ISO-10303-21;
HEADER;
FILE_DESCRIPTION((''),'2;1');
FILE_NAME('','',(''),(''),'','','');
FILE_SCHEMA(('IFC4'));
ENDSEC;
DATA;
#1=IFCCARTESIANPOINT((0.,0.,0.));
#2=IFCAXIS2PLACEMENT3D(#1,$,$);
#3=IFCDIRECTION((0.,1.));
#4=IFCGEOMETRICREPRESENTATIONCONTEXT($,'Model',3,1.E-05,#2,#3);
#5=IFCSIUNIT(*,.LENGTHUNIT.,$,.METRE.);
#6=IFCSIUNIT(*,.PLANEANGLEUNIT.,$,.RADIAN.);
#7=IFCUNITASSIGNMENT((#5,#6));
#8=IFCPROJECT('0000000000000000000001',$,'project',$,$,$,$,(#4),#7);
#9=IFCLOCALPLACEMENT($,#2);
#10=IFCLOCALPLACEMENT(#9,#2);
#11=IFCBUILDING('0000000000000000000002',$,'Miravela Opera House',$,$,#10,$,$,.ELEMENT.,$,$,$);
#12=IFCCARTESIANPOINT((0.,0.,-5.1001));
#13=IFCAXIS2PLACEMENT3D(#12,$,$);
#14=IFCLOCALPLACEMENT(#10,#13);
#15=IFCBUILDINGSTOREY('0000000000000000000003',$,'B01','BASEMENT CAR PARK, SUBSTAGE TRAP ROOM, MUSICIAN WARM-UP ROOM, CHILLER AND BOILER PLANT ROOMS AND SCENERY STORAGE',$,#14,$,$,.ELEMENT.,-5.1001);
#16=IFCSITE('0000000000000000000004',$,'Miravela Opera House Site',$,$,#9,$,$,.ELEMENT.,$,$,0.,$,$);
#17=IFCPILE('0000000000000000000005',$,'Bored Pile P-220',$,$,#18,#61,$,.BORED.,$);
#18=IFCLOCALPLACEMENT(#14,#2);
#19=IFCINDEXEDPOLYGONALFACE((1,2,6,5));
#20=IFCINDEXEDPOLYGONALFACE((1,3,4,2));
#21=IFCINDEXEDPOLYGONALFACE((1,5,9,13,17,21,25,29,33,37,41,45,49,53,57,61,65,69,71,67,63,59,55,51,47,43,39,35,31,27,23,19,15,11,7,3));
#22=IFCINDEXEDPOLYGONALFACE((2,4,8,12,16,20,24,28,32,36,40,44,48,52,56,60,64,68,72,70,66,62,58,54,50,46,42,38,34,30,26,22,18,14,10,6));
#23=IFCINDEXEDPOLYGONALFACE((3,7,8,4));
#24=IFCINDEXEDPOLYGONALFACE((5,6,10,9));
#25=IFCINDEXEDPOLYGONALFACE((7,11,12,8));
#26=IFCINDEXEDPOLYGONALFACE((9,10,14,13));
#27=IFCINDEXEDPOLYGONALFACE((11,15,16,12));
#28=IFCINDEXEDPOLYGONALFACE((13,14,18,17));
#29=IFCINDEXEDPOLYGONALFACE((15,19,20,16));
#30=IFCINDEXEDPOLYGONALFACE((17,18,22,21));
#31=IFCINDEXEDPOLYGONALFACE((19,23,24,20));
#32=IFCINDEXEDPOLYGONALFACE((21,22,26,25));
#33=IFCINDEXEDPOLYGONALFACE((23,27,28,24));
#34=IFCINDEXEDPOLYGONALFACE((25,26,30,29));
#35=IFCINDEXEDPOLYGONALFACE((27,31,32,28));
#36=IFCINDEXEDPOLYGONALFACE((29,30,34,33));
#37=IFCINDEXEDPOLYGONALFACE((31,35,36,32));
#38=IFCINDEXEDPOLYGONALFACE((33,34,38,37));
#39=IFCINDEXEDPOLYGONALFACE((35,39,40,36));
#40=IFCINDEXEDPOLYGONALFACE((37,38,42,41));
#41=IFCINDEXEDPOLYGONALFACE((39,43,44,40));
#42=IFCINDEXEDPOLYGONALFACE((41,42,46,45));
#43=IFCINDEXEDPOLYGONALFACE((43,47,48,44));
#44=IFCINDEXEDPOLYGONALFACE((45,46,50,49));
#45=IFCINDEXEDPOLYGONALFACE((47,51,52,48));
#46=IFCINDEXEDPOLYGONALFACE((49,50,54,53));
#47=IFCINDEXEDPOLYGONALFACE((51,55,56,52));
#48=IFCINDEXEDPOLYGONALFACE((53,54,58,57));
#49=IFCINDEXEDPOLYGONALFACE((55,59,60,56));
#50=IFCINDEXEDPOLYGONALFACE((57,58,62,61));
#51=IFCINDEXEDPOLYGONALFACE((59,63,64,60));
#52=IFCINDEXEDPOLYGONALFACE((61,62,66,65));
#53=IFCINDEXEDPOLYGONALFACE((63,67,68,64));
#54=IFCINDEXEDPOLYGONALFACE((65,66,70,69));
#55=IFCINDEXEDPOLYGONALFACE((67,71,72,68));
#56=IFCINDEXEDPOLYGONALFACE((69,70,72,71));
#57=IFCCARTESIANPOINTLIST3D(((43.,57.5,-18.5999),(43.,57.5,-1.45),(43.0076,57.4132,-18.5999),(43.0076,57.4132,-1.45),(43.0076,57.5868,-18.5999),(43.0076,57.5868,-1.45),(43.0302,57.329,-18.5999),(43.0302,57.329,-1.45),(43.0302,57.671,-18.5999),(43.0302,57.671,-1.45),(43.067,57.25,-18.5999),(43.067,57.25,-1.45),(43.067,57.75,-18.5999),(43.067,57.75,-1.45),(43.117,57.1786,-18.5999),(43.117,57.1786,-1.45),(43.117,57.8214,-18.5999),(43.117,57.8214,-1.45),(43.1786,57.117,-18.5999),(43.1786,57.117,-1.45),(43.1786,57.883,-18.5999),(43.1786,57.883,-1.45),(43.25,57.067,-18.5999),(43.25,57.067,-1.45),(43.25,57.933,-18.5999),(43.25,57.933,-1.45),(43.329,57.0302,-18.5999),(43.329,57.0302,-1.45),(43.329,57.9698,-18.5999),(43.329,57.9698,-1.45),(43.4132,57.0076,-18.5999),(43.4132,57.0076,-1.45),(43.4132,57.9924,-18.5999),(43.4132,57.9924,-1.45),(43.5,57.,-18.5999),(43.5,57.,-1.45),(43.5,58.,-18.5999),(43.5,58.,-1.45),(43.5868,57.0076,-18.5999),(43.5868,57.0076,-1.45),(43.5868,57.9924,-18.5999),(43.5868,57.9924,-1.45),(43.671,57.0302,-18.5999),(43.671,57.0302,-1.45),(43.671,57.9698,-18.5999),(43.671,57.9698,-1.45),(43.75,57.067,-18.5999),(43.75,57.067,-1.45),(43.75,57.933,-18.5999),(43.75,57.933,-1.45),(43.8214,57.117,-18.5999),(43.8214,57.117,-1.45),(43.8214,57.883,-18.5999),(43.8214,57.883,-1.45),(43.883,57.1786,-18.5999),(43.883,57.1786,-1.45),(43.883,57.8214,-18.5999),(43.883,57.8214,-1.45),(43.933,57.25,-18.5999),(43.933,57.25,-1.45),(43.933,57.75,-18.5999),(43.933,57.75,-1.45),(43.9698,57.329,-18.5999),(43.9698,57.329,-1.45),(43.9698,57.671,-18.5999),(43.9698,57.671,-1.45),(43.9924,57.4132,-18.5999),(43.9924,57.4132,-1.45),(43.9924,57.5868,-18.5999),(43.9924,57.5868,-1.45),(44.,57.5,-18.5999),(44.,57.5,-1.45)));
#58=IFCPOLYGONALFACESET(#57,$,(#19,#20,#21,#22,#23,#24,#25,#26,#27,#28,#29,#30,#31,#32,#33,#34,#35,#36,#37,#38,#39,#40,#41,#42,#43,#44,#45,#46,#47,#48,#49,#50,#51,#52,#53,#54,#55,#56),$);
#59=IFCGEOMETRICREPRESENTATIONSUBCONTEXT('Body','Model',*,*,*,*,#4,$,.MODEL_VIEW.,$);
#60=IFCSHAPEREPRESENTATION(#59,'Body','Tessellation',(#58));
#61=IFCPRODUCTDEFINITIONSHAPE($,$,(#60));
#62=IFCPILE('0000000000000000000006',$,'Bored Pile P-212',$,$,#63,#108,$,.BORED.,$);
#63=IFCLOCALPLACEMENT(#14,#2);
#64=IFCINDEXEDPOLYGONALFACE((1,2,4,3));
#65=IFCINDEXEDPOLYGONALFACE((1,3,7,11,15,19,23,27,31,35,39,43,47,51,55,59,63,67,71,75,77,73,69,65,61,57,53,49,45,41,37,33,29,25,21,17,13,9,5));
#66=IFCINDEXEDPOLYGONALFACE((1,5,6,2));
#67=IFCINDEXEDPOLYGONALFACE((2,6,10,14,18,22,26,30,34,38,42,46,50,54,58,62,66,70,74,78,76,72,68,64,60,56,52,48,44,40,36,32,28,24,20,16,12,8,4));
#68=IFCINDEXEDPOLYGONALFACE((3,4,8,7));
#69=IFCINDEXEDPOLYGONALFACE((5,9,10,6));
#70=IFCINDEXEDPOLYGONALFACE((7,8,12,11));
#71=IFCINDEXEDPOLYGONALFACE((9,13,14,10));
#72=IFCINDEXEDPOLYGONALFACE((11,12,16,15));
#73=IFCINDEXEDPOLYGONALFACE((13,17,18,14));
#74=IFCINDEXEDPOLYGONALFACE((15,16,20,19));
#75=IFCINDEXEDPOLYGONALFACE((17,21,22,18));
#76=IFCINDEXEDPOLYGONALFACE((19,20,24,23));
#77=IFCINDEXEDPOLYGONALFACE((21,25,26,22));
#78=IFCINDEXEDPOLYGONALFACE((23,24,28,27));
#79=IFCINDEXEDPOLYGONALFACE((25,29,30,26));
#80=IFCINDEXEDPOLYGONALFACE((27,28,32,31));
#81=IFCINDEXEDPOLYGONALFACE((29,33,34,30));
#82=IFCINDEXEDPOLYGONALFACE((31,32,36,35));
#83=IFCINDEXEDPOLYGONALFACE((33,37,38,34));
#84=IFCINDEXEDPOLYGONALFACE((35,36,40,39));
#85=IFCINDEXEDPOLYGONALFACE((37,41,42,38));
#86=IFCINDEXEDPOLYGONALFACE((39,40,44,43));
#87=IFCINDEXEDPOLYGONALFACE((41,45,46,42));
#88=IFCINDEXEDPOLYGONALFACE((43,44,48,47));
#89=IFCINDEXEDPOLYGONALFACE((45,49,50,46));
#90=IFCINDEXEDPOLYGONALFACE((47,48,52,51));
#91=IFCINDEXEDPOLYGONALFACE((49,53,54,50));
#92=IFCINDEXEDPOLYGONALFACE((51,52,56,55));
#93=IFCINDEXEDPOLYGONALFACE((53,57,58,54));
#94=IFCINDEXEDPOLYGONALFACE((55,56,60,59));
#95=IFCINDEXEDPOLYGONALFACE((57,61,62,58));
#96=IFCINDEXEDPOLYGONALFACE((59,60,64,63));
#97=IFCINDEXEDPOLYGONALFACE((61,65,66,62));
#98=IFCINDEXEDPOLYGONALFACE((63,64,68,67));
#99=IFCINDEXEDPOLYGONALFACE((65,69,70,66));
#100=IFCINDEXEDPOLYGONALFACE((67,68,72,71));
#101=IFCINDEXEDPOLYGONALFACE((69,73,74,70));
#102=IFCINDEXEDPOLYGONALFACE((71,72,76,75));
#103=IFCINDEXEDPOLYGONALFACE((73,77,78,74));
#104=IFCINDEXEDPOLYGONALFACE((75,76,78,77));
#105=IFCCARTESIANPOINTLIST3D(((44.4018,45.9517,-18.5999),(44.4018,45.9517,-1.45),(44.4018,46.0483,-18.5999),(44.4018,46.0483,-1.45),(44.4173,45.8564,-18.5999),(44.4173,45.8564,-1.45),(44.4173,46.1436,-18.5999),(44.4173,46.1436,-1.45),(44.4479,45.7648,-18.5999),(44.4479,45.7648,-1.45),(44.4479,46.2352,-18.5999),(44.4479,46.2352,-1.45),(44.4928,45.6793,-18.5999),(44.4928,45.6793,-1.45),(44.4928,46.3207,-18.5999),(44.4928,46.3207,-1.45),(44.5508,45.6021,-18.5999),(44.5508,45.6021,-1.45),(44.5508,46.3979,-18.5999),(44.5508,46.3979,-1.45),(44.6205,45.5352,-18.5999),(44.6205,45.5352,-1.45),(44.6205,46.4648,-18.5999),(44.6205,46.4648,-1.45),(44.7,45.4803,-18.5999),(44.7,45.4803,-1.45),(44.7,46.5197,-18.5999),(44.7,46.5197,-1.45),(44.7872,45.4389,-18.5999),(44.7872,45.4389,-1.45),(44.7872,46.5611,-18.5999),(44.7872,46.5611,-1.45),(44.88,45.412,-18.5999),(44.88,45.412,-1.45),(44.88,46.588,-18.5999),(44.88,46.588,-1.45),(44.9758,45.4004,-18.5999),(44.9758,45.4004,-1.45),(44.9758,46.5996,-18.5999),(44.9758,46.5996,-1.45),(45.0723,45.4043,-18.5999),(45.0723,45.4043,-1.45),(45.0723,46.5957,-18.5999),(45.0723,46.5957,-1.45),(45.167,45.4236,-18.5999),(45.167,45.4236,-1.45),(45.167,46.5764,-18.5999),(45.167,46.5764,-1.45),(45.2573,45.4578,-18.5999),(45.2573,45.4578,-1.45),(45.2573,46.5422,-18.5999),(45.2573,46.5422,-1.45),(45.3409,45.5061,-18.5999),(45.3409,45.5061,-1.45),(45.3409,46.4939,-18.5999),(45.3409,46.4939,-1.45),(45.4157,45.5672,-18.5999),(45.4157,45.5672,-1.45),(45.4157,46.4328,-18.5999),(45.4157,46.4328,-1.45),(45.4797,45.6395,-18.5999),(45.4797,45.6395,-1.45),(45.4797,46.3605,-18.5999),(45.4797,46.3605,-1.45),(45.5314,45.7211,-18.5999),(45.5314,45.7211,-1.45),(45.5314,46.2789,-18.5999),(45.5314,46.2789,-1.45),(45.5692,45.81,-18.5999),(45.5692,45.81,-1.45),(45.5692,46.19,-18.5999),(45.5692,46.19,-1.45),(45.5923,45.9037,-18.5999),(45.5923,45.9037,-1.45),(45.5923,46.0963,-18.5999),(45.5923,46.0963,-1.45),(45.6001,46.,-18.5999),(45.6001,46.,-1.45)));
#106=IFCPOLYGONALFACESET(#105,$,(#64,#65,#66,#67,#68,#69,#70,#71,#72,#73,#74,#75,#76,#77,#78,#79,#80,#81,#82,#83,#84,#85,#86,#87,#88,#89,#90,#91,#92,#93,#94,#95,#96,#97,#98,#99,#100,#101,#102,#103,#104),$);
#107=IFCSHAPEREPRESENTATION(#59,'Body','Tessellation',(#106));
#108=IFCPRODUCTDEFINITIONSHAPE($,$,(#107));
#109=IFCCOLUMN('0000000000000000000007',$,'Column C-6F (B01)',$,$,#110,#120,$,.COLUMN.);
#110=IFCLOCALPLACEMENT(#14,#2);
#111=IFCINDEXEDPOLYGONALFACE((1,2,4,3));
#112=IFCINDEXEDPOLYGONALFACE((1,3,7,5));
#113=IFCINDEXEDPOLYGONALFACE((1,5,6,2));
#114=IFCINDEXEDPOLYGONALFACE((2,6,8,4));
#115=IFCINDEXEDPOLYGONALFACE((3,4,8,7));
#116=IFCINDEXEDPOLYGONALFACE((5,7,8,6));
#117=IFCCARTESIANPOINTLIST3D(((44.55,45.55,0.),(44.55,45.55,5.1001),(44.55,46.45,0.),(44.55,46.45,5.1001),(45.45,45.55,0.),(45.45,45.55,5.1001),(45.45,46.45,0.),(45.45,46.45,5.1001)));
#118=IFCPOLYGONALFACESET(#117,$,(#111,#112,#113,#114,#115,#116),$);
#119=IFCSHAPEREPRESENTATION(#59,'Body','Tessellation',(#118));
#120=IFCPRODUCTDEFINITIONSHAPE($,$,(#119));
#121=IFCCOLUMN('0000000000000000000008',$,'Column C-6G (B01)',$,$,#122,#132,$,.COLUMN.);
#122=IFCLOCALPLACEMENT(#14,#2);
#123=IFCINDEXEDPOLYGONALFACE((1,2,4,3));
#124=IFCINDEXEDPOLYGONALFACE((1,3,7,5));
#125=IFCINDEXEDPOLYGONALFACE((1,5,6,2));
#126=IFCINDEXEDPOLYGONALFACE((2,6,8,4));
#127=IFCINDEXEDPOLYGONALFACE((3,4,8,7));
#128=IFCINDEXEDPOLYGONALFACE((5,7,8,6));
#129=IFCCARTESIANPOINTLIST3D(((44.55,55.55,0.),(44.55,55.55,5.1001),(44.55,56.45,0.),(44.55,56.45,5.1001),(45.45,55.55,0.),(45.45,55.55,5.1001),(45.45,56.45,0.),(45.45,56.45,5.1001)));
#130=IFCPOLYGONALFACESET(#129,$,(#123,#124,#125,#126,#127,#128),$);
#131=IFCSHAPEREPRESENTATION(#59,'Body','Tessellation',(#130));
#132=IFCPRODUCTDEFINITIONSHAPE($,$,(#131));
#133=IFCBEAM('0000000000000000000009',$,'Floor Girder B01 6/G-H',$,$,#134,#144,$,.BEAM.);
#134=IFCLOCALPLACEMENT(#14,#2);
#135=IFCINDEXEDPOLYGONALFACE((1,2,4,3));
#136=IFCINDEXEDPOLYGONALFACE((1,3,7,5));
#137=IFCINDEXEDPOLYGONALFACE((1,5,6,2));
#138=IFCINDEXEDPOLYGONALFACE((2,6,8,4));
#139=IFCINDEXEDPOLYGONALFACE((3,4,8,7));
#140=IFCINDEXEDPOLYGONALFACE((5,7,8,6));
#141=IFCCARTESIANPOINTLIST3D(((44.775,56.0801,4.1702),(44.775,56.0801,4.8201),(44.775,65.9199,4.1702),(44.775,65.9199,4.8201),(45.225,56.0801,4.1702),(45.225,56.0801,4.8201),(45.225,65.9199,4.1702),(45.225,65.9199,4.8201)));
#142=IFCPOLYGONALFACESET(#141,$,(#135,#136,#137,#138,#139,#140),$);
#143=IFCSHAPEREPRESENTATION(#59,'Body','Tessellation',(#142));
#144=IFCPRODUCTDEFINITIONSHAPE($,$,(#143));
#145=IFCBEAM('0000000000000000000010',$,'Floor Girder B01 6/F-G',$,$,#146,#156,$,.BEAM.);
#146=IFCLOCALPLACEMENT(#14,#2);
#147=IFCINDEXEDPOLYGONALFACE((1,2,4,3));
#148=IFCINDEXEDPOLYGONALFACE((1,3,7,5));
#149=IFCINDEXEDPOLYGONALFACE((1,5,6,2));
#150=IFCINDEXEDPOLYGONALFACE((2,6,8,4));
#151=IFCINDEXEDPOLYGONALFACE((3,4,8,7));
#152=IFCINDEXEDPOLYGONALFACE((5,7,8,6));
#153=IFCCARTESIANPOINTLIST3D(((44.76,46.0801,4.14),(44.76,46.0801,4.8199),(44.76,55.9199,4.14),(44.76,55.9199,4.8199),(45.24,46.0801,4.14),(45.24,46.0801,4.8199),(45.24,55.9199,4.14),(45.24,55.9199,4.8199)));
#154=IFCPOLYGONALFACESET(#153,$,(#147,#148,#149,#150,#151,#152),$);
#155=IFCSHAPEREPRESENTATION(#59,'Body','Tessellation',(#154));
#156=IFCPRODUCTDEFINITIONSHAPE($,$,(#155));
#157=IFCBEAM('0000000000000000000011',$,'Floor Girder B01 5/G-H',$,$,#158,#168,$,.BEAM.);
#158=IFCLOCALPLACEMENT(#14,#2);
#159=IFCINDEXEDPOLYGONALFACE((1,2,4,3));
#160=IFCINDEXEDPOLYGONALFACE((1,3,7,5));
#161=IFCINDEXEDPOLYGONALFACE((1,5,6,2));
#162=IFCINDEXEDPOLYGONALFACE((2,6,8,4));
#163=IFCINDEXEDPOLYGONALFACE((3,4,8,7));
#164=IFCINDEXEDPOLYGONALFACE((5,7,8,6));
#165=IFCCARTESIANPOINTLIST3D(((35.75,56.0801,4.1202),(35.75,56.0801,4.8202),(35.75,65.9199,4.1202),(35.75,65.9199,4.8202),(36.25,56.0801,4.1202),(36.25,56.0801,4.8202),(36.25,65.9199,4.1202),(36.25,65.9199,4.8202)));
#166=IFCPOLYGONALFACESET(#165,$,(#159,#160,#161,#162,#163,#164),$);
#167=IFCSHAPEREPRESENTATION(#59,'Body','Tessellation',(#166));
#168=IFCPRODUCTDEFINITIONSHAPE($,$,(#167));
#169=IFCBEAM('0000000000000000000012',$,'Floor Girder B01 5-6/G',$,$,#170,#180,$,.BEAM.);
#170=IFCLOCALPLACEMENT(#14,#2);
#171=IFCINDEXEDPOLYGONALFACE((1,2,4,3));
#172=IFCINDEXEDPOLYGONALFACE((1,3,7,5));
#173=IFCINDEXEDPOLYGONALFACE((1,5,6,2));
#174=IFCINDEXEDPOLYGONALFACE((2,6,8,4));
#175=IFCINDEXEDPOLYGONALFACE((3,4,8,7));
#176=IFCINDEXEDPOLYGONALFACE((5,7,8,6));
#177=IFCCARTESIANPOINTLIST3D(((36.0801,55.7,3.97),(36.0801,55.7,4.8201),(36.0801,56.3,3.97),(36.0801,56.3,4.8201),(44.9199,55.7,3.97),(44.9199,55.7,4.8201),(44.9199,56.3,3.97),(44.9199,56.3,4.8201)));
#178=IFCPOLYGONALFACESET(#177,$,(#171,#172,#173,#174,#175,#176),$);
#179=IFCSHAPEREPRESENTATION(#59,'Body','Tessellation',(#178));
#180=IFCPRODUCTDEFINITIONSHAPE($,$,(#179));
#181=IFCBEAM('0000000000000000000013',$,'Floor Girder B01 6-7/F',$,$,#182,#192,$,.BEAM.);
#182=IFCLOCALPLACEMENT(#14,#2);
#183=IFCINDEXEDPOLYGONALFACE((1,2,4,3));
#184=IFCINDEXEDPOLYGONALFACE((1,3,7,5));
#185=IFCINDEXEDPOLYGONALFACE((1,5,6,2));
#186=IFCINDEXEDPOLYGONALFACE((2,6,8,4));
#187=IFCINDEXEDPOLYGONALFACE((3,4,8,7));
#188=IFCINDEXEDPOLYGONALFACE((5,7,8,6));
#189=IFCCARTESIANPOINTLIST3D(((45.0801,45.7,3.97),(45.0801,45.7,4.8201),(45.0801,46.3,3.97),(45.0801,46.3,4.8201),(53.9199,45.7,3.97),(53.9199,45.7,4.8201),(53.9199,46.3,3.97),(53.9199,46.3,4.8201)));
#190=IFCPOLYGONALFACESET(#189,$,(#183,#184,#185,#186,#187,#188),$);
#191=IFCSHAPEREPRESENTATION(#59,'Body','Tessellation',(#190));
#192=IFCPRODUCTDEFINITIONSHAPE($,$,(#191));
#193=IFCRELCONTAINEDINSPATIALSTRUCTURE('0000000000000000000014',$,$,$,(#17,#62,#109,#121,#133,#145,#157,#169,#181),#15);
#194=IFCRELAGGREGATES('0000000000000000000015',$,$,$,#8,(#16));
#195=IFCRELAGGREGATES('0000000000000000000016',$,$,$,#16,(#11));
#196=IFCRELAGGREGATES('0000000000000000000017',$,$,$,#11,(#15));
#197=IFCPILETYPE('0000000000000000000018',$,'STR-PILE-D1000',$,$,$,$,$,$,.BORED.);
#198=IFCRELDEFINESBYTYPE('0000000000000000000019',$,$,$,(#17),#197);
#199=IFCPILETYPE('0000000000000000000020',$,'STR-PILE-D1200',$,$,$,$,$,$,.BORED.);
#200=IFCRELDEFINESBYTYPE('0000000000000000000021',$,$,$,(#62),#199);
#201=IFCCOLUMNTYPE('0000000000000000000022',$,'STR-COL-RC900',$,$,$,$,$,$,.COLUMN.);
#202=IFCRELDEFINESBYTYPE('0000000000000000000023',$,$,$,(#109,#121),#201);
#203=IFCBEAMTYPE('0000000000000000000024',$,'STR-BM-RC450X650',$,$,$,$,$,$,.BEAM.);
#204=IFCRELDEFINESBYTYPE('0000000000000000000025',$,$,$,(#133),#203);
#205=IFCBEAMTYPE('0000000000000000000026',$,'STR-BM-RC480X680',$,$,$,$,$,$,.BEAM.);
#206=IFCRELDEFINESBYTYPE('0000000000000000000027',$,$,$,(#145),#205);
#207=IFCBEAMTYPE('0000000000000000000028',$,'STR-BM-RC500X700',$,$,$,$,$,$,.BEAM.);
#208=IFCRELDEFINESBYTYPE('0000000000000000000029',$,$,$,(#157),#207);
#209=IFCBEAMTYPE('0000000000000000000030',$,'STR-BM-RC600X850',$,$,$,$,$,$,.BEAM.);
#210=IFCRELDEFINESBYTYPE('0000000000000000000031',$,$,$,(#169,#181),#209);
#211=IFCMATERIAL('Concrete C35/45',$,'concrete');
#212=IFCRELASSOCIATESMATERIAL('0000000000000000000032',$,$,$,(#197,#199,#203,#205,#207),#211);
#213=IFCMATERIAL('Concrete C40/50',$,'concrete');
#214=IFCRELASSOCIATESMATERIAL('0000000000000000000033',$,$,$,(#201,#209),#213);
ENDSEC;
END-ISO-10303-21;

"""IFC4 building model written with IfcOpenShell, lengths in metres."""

from ifc_helpers import new_model, si_unit, direction, frame, origin, origin_2d, place, context, subcontext, project, spatial, rectangle, circle, extrude, material, material_profile, profile_set, type_object, element, save


model = new_model("IFC4")

# Units and contexts
model_context = context("Model", 3, precision=1e-05, world=origin(), true_north=direction((0.0, 1.0)))
body_context = subcontext(model_context, "Body", "Model", "MODEL_VIEW")
ifc_project = project(units=[si_unit("LENGTHUNIT", "METRE"), si_unit("PLANEANGLEUNIT", "RADIAN")], contexts=[model_context])

# Site, building, storey
site_placement = place(None, origin())
site = spatial("IfcSite", under=ifc_project, at=site_placement, Name="Miravela Opera House Site", CompositionType="ELEMENT", RefElevation=0.0)
building_placement = place(site_placement, origin())
building = spatial("IfcBuilding", under=site, at=building_placement, Name="Miravela Opera House", CompositionType="ELEMENT")
storey_placement = place(building_placement, frame((0.0, 0.0, -5.1001)))
storey = spatial("IfcBuildingStorey", under=building, at=storey_placement, Name="B01", Description="BASEMENT CAR PARK, SUBSTAGE TRAP ROOM, MUSICIAN WARM-UP ROOM, CHILLER AND BOILER PLANT ROOMS AND SCENERY STORAGE", CompositionType="ELEMENT", Elevation=-5.1001)

# Shared definitions
ifc_material_1 = material(Name="Concrete C35/45", Category="concrete")

# Piles
ifc_material_profile_1 = material_profile(ifc_material_1, circle(Radius=0.5, at=origin_2d()), Name="PILE-D1000")
ifc_profile_set_1 = profile_set([ifc_material_profile_1])
pile_type_1 = type_object("IfcPileType", Name="STR-PILE-D1000", PredefinedType="BORED", material=ifc_profile_set_1)
for number, where, z_axis, x_axis, name in (
    (1, (43.5, 57.5, -1.45), (0.0, 0.0, -1.0), (1.0, 0.0, 0.0), "Bored Pile P-220"),
):
    element("IfcPile", number, at=place(storey_placement, frame(where, z_axis=z_axis, x_axis=x_axis)), inside=storey, type_object=pile_type_1, Name=name, PredefinedType="BORED", context=body_context, shape_type="SweptSolid", body=[
        extrude(circle(Radius=0.5, at=origin_2d()), origin(), (0.0, 0.0, 1.0), 17.1499),
    ])
ifc_material_profile_2 = material_profile(ifc_material_1, circle(Radius=0.6001, at=origin_2d()), Name="PILE-D1200")
ifc_profile_set_2 = profile_set([ifc_material_profile_2])
pile_type_2 = type_object("IfcPileType", Name="STR-PILE-D1200", PredefinedType="BORED", material=ifc_profile_set_2)
pile_placement = place(storey_placement, frame((45.0, 46.0, -1.45), z_axis=(0.0, 0.0, -1.0), x_axis=(1.0, 0.0, 0.0)))
element("IfcPile", 2, at=pile_placement, inside=storey, type_object=pile_type_2, Name="Bored Pile P-212", PredefinedType="BORED", context=body_context, shape_type="SweptSolid", body=[
    extrude(circle(Radius=0.6001, at=origin_2d()), origin(), (0.0, 0.0, 1.0), 17.1499),
])

# Columns
ifc_material_2 = material(Name="Concrete C40/50", Category="concrete")
ifc_material_profile_3 = material_profile(ifc_material_2, rectangle(XDim=0.8999, YDim=0.8999, at=origin_2d()), Name="RC-COL-900X900")
ifc_profile_set_3 = profile_set([ifc_material_profile_3])
column_type = type_object("IfcColumnType", Name="STR-COL-RC900", PredefinedType="COLUMN", material=ifc_profile_set_3)
for number, where, z_axis, x_axis, name in (
    (3, (45.0, 46.0, 0.0), (0.0, 0.0, 1.0), (1.0, 0.0, 0.0), "Column C-6F (B01)"),
    (4, (45.0, 56.0, 0.0), (0.0, 0.0, 1.0), (1.0, 0.0, 0.0), "Column C-6G (B01)"),
):
    element("IfcColumn", number, at=place(storey_placement, frame(where, z_axis=z_axis, x_axis=x_axis)), inside=storey, type_object=column_type, Name=name, PredefinedType="COLUMN", context=body_context, shape_type="SweptSolid", body=[
        extrude(rectangle(XDim=0.8999, YDim=0.8999, at=origin_2d()), origin(), (0.0, 0.0, 1.0), 5.1001),
    ])

# Beams
ifc_material_profile_4 = material_profile(ifc_material_1, rectangle(XDim=0.45, YDim=0.6499, at=origin_2d()), Name="RC-BM-450X650")
ifc_profile_set_4 = profile_set([ifc_material_profile_4])
beam_type_1 = type_object("IfcBeamType", Name="STR-BM-RC450X650", PredefinedType="BEAM", material=ifc_profile_set_4)
beam_1_placement = place(storey_placement, frame((45.0, 56.0801, 4.4951), z_axis=(0.0, 1.0, 0.0), x_axis=(-1.0, 0.0, 0.0)))
element("IfcBeam", 5, at=beam_1_placement, inside=storey, type_object=beam_type_1, Name="Floor Girder B01 6/G-H", PredefinedType="BEAM", context=body_context, shape_type="SweptSolid", body=[
    extrude(rectangle(XDim=0.45, YDim=0.6499, at=origin_2d()), origin(), (0.0, 0.0, 1.0), 9.8398),
])
ifc_material_profile_5 = material_profile(ifc_material_1, rectangle(XDim=0.48, YDim=0.6799, at=origin_2d()), Name="RC-BM-480X680")
ifc_profile_set_5 = profile_set([ifc_material_profile_5])
beam_type_2 = type_object("IfcBeamType", Name="STR-BM-RC480X680", PredefinedType="BEAM", material=ifc_profile_set_5)
beam_2_placement = place(storey_placement, frame((45.0, 46.0801, 4.48), z_axis=(0.0, 1.0, 0.0), x_axis=(-1.0, 0.0, 0.0)))
element("IfcBeam", 6, at=beam_2_placement, inside=storey, type_object=beam_type_2, Name="Floor Girder B01 6/F-G", PredefinedType="BEAM", context=body_context, shape_type="SweptSolid", body=[
    extrude(rectangle(XDim=0.48, YDim=0.6799, at=origin_2d()), origin(), (0.0, 0.0, 1.0), 9.8398),
])
ifc_material_profile_6 = material_profile(ifc_material_1, rectangle(XDim=0.5, YDim=0.7, at=origin_2d()), Name="RC-BM-500X700")
ifc_profile_set_6 = profile_set([ifc_material_profile_6])
beam_type_3 = type_object("IfcBeamType", Name="STR-BM-RC500X700", PredefinedType="BEAM", material=ifc_profile_set_6)
beam_3_placement = place(storey_placement, frame((36.0, 56.0801, 4.4702), z_axis=(0.0, 1.0, 0.0), x_axis=(-1.0, 0.0, 0.0)))
element("IfcBeam", 7, at=beam_3_placement, inside=storey, type_object=beam_type_3, Name="Floor Girder B01 5/G-H", PredefinedType="BEAM", context=body_context, shape_type="SweptSolid", body=[
    extrude(rectangle(XDim=0.5, YDim=0.7, at=origin_2d()), origin(), (0.0, 0.0, 1.0), 9.8398),
])
ifc_material_profile_7 = material_profile(ifc_material_2, rectangle(XDim=0.6001, YDim=0.8501, at=origin_2d()), Name="RC-BM-600X850")
ifc_profile_set_7 = profile_set([ifc_material_profile_7])
beam_type_4 = type_object("IfcBeamType", Name="STR-BM-RC600X850", PredefinedType="BEAM", material=ifc_profile_set_7)
for number, where, z_axis, x_axis, name in (
    (8, (36.0801, 56.0, 4.395), (1.0, 0.0, 0.0), (0.0, 1.0, 0.0), "Floor Girder B01 5-6/G"),
    (9, (45.0801, 46.0, 4.395), (1.0, 0.0, 0.0), (0.0, 1.0, 0.0), "Floor Girder B01 6-7/F"),
):
    element("IfcBeam", number, at=place(storey_placement, frame(where, z_axis=z_axis, x_axis=x_axis)), inside=storey, type_object=beam_type_4, Name=name, PredefinedType="BEAM", context=body_context, shape_type="SweptSolid", body=[
        extrude(rectangle(XDim=0.6001, YDim=0.8501, at=origin_2d()), origin(), (0.0, 0.0, 1.0), 8.8398),
    ])

save(model, "model.ifc")
